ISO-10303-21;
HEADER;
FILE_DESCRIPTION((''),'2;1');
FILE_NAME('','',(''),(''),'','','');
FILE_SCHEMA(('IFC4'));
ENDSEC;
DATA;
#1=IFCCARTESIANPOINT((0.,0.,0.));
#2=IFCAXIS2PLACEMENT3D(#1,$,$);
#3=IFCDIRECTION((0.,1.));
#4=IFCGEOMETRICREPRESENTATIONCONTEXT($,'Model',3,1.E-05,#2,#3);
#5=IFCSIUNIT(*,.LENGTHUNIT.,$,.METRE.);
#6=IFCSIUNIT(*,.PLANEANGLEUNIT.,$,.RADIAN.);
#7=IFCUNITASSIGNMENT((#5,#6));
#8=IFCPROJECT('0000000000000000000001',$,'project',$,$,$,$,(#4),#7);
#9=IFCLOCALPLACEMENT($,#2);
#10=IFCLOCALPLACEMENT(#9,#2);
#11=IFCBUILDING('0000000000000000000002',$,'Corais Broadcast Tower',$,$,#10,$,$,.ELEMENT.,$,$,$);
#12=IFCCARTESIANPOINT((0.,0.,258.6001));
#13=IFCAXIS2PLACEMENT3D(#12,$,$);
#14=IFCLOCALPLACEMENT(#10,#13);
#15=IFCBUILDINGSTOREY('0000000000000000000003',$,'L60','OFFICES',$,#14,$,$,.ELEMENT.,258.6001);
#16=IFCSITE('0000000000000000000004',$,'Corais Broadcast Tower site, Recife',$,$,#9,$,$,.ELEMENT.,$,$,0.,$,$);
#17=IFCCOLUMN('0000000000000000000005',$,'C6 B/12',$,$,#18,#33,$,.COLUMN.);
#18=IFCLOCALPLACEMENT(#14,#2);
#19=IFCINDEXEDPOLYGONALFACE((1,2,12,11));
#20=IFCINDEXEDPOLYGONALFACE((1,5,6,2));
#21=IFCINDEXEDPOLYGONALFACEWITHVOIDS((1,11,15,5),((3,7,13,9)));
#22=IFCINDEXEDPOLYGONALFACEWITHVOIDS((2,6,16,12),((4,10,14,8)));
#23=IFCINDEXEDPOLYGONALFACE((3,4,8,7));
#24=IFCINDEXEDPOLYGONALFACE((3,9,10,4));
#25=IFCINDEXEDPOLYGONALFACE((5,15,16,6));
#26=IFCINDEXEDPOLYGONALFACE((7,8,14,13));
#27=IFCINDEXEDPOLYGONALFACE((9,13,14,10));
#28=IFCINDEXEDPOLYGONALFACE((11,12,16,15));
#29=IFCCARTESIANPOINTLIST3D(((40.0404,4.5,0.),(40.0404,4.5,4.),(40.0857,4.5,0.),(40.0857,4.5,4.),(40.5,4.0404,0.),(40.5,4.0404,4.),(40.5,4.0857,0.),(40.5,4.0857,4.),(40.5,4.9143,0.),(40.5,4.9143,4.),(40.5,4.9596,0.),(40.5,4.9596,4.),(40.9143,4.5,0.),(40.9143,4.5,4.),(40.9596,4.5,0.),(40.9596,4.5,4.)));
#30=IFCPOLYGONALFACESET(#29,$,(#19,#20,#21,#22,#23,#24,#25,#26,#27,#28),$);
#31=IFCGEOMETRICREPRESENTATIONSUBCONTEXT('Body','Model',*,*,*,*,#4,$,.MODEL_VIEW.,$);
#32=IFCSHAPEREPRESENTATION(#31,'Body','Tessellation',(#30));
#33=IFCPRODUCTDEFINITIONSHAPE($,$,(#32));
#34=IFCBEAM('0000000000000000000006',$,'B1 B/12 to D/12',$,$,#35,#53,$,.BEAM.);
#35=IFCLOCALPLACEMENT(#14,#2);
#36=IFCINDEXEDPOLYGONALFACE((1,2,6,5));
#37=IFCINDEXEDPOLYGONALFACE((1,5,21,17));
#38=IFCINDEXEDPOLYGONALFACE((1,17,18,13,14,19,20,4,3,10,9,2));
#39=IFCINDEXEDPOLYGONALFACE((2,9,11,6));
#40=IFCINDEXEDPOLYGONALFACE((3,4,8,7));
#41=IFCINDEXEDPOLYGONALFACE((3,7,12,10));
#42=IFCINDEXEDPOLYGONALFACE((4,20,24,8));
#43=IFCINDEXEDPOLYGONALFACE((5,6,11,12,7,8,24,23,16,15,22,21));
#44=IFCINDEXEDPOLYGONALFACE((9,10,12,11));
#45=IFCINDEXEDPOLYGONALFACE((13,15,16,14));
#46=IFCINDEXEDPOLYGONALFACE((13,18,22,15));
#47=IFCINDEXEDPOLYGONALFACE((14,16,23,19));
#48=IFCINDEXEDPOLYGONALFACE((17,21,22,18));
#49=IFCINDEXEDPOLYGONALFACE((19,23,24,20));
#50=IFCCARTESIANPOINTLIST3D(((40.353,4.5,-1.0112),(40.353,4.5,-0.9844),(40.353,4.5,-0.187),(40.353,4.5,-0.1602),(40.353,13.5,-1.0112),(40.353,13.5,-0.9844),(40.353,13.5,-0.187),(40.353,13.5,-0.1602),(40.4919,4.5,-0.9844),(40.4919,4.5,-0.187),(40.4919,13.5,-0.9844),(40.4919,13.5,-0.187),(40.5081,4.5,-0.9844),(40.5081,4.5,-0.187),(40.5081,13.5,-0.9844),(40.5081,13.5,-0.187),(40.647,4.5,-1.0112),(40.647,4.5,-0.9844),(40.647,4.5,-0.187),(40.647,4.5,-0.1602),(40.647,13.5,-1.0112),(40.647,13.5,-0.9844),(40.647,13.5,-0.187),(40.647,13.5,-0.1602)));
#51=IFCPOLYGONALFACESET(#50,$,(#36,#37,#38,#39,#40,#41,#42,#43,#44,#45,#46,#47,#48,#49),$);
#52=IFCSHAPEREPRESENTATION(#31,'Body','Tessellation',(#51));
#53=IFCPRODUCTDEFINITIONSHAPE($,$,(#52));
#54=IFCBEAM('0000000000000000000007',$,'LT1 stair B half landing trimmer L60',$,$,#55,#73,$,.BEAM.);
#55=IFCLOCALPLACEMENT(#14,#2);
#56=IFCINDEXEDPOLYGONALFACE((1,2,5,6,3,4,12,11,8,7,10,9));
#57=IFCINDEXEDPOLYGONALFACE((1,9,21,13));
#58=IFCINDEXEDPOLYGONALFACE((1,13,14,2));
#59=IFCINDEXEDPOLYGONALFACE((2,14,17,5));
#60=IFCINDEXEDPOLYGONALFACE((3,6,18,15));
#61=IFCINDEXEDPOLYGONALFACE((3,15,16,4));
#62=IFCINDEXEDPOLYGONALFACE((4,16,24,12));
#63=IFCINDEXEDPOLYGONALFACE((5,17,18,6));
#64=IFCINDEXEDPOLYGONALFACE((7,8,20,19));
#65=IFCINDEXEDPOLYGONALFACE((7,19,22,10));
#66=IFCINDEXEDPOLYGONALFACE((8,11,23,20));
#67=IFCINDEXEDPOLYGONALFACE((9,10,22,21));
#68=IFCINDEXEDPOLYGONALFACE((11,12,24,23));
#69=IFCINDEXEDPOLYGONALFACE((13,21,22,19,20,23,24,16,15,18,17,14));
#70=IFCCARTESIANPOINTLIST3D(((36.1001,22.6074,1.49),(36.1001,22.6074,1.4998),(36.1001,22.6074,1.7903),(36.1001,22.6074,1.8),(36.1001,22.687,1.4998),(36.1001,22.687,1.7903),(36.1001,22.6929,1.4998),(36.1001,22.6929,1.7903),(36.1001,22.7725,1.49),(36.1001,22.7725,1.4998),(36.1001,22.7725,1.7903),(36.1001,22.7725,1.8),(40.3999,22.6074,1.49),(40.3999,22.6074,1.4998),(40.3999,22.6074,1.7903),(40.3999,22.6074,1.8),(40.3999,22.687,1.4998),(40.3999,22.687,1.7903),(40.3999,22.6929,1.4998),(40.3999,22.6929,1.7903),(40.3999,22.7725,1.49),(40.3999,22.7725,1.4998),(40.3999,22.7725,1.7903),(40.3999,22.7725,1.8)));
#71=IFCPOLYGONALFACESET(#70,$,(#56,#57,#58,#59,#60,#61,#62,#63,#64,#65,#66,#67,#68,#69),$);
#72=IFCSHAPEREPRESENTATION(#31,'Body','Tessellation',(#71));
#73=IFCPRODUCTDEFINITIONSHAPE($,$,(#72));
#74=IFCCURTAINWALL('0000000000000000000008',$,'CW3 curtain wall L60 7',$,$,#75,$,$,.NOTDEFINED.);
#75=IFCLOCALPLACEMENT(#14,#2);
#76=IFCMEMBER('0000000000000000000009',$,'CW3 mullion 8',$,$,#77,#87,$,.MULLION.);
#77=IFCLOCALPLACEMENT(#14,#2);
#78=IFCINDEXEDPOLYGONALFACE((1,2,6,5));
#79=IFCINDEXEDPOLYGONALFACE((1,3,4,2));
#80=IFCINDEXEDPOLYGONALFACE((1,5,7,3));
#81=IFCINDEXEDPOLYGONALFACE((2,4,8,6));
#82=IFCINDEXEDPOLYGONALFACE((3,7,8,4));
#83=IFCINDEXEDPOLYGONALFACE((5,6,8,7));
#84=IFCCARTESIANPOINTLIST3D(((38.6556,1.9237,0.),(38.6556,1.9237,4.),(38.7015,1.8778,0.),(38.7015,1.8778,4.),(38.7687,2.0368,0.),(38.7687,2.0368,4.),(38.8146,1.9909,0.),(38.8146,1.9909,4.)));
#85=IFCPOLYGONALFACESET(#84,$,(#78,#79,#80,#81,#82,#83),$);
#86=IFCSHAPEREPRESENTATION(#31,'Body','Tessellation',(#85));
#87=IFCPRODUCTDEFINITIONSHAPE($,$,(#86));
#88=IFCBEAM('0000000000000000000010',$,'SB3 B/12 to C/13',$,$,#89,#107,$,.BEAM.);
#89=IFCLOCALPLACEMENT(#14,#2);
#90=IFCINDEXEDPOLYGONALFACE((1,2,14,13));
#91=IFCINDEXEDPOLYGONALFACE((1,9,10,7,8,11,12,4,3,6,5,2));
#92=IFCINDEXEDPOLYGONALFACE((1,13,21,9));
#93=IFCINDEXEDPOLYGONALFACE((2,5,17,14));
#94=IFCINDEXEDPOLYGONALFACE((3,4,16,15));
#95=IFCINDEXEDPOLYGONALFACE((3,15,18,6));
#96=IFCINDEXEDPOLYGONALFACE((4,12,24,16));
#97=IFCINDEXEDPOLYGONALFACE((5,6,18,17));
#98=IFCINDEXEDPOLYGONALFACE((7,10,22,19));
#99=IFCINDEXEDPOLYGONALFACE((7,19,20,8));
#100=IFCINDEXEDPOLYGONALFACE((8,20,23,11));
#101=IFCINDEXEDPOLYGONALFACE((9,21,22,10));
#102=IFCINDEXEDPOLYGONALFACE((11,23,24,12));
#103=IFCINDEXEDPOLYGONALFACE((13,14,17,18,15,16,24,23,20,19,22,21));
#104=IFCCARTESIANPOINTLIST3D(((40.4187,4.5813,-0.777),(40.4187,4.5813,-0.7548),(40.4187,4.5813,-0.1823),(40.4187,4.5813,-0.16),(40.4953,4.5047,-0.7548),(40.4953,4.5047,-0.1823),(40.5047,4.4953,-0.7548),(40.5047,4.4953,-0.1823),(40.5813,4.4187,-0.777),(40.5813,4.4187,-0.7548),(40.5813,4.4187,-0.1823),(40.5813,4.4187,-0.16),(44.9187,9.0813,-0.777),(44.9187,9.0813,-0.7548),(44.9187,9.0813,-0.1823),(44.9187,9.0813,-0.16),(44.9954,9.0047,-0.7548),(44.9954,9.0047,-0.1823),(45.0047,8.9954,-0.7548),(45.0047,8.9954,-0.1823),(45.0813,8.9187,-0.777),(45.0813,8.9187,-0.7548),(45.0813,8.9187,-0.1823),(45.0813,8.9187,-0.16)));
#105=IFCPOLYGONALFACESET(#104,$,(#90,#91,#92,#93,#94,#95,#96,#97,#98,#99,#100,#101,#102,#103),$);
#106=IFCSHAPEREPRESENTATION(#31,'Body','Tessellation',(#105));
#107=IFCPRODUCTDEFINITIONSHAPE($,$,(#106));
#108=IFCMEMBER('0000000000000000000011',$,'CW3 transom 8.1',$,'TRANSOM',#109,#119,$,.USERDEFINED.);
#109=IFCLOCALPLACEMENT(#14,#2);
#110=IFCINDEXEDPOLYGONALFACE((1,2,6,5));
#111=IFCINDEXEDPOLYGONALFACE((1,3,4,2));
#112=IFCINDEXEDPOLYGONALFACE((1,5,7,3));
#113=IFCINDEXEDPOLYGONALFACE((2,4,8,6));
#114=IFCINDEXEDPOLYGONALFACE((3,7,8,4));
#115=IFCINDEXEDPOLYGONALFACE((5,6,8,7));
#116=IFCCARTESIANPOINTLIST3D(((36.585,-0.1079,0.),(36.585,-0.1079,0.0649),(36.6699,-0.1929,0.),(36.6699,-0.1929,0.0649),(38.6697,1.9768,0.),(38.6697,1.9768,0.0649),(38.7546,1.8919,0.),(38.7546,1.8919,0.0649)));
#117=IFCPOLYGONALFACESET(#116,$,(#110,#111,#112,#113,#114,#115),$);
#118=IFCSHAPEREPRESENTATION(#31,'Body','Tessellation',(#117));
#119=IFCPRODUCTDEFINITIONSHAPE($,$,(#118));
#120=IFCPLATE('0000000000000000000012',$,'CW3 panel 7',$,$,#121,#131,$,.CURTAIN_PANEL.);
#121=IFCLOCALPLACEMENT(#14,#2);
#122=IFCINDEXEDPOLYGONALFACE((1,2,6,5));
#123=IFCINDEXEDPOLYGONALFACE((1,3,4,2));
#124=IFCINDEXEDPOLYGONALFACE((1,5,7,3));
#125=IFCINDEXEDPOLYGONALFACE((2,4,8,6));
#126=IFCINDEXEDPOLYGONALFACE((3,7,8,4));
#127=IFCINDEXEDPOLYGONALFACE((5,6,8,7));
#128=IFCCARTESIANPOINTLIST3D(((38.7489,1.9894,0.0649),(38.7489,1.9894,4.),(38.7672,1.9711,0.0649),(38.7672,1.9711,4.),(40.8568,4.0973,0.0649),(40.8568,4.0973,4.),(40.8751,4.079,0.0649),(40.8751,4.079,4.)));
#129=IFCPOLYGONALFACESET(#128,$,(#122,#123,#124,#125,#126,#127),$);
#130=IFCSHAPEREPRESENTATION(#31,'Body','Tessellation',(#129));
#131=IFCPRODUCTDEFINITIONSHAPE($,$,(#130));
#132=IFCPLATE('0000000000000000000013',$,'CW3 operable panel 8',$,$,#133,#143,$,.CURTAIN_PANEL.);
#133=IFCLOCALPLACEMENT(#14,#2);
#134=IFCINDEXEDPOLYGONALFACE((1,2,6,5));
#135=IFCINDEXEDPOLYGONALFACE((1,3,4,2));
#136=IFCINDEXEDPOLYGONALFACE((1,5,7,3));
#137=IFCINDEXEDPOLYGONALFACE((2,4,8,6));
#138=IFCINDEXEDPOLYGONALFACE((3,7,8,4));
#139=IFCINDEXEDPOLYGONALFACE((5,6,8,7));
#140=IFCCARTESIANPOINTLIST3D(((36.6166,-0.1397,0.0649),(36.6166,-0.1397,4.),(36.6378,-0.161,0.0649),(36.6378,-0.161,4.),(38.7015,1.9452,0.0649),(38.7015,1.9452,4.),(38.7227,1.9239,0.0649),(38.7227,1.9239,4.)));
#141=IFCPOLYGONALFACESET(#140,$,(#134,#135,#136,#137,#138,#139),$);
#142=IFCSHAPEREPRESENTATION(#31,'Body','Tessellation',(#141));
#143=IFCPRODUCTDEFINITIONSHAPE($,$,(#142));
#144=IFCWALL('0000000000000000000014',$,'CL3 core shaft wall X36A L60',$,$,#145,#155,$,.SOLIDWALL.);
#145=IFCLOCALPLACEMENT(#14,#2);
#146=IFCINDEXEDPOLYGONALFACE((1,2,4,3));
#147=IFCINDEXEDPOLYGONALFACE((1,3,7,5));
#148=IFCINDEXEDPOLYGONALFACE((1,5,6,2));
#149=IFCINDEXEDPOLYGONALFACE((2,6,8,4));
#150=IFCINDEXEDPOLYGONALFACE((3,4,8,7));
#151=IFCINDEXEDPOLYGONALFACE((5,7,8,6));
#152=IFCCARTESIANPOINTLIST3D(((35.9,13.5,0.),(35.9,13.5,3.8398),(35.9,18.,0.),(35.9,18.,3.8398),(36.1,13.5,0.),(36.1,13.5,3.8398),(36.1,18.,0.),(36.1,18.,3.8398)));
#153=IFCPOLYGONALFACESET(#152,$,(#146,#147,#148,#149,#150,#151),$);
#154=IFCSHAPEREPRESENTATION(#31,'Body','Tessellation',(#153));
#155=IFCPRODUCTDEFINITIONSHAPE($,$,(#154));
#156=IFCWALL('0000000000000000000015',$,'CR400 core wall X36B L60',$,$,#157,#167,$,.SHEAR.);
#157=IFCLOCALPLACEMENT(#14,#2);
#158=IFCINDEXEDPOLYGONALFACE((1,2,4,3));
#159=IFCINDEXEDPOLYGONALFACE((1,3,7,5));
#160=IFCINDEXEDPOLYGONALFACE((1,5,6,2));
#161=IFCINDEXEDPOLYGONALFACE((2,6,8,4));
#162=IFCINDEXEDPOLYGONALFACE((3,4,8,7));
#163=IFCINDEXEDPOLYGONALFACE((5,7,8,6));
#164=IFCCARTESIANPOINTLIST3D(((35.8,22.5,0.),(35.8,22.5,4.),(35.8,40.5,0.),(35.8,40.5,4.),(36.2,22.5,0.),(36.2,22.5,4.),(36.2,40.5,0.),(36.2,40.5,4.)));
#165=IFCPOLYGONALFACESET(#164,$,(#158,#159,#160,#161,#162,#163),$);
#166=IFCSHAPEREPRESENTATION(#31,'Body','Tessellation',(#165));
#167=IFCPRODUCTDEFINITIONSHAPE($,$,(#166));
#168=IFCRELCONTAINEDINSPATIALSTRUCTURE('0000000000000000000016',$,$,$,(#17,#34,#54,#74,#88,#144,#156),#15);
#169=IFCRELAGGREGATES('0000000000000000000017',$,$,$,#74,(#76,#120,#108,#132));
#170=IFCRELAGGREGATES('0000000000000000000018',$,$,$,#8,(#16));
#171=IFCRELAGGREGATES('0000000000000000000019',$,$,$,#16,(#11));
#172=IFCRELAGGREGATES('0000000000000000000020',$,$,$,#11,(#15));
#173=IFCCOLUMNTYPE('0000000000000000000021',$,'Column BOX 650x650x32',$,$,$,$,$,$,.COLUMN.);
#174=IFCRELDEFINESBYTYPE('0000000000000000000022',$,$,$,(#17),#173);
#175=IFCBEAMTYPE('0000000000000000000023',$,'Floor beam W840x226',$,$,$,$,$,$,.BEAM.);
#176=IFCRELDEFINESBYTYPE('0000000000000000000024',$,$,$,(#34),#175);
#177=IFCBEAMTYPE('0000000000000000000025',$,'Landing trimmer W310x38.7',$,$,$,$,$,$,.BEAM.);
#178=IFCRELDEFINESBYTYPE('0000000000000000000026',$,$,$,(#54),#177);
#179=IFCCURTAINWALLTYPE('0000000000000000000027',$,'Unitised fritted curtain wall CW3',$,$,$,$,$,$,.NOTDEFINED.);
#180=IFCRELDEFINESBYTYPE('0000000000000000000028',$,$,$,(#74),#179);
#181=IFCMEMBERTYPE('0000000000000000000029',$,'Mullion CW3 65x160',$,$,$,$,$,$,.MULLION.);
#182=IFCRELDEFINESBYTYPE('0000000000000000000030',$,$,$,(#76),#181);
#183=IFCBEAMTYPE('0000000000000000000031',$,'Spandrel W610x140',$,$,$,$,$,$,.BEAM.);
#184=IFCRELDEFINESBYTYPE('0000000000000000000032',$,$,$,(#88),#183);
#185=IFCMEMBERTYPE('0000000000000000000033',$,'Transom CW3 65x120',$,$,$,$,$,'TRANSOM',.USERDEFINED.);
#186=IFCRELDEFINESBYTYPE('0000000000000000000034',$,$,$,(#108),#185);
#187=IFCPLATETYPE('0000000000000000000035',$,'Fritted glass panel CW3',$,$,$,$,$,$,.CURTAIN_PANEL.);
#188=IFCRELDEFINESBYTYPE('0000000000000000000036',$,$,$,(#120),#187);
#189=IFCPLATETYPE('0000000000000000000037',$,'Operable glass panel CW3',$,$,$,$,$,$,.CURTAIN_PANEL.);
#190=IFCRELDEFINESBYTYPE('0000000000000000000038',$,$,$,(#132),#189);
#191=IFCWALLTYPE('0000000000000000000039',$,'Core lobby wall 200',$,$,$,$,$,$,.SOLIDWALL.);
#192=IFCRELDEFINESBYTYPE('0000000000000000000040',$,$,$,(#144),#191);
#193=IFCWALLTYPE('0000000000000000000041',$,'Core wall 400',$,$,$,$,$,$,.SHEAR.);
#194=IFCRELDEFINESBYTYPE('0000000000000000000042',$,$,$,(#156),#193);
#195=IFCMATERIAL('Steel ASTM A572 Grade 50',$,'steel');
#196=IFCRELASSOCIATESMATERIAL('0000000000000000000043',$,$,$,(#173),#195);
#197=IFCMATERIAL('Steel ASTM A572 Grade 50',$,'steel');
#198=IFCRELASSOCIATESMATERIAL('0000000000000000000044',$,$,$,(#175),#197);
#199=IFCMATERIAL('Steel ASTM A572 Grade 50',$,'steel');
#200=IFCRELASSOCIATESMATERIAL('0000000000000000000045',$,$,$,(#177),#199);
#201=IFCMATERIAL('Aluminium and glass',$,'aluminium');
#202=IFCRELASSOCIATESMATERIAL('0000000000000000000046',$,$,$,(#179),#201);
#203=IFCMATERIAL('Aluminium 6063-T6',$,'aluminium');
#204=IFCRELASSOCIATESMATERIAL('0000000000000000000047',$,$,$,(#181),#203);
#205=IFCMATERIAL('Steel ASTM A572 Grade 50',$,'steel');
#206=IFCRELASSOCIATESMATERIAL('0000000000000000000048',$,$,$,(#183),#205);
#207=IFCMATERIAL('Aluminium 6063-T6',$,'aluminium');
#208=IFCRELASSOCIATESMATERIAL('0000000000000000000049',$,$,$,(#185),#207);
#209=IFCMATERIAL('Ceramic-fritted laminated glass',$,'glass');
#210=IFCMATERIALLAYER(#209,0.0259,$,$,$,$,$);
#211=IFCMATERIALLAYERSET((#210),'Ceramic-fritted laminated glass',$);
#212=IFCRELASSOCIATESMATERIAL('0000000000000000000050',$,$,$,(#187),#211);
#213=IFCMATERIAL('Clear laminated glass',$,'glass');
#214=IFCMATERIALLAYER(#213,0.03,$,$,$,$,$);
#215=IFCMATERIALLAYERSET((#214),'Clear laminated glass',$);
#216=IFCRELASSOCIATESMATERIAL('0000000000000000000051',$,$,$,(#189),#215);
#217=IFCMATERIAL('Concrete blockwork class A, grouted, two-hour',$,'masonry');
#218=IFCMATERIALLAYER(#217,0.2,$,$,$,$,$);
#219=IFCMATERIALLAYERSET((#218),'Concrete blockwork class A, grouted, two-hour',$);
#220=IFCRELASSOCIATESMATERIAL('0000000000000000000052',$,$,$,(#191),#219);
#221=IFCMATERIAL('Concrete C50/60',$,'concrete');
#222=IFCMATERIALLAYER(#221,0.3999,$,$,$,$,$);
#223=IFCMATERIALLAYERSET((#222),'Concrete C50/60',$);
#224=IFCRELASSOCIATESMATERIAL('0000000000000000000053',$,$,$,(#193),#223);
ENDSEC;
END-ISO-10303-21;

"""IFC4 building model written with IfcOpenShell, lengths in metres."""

from ifc_helpers import new_model, si_unit, direction, frame, frame_2d, origin, origin_2d, place, context, subcontext, project, spatial, rectangle, hollow_rectangle, i_section, extrude, material, layer, layer_set, material_profile, profile_set, type_object, element, aggregate, save


model = new_model("IFC4")

# Units and contexts
model_context = context("Model", 3, precision=1e-05, world=origin(), true_north=direction((0.0, 1.0)))
body_context = subcontext(model_context, "Body", "Model", "MODEL_VIEW")
ifc_project = project(units=[si_unit("LENGTHUNIT", "METRE"), si_unit("PLANEANGLEUNIT", "RADIAN")], contexts=[model_context])

# Site, building, storey
site_placement = place(None, origin())
site = spatial("IfcSite", under=ifc_project, at=site_placement, Name="Corais Broadcast Tower site, Recife", CompositionType="ELEMENT", RefElevation=0.0)
building_placement = place(site_placement, origin())
building = spatial("IfcBuilding", under=site, at=building_placement, Name="Corais Broadcast Tower", CompositionType="ELEMENT")
storey_placement = place(building_placement, frame((0.0, 0.0, 258.6001)))
storey = spatial("IfcBuildingStorey", under=building, at=storey_placement, Name="L60", Description="OFFICES", CompositionType="ELEMENT", Elevation=258.6001)

# Column
ifc_material_1 = material(Name="Steel ASTM A572 Grade 50", Category="steel")
ifc_material_profile_1 = material_profile(ifc_material_1, hollow_rectangle(XDim=0.6499, YDim=0.6499, WallThickness=0.032, at=origin_2d()), Name="BOX 650x650x32")
ifc_profile_set_1 = profile_set([ifc_material_profile_1], Name="Steel ASTM A572 Grade 50")
column_type = type_object("IfcColumnType", Name="Column BOX 650x650x32", PredefinedType="COLUMN", material=ifc_profile_set_1)
column_placement = place(storey_placement, frame((40.5, 4.5, 0.0), z_axis=(0.0, 0.0, 1.0), x_axis=(0.707107, 0.707107, 0.0)))
element("IfcColumn", 1, at=column_placement, inside=storey, type_object=column_type, Name="C6 B/12", PredefinedType="COLUMN", context=body_context, shape_type="SweptSolid", body=[
    extrude(hollow_rectangle(XDim=0.6499, YDim=0.6499, WallThickness=0.032, at=origin_2d()), origin(), (0.0, 0.0, 1.0), 4.0),
])

# Beams
ifc_material_2 = material(Name="Steel ASTM A572 Grade 50", Category="steel")
ifc_material_profile_2 = material_profile(ifc_material_2, i_section(OverallWidth=0.2939, OverallDepth=0.8511, WebThickness=0.0161, FlangeThickness=0.0269, at=origin_2d()), Name="W840x226")
ifc_profile_set_2 = profile_set([ifc_material_profile_2], Name="Steel ASTM A572 Grade 50")
beam_type_1 = type_object("IfcBeamType", Name="Floor beam W840x226", PredefinedType="BEAM", material=ifc_profile_set_2)
beam_1_placement = place(storey_placement, frame((40.5, 4.5, -0.5857), z_axis=(0.0, 1.0, 0.0), x_axis=(-1.0, 0.0, 0.0)))
element("IfcBeam", 2, at=beam_1_placement, inside=storey, type_object=beam_type_1, Name="B1 B/12 to D/12", PredefinedType="BEAM", context=body_context, shape_type="SweptSolid", body=[
    extrude(i_section(OverallWidth=0.2939, OverallDepth=0.8511, WebThickness=0.0161, FlangeThickness=0.0269, at=origin_2d()), origin(), (0.0, 0.0, 1.0), 9.0),
])
ifc_material_3 = material(Name="Steel ASTM A572 Grade 50", Category="steel")
ifc_material_profile_3 = material_profile(ifc_material_3, i_section(OverallWidth=0.165, OverallDepth=0.3101, WebThickness=0.0059, FlangeThickness=0.0098, at=origin_2d()), Name="W310x38.7")
ifc_profile_set_3 = profile_set([ifc_material_profile_3], Name="Steel ASTM A572 Grade 50")
beam_type_2 = type_object("IfcBeamType", Name="Landing trimmer W310x38.7", PredefinedType="BEAM", material=ifc_profile_set_3)
beam_2_placement = place(storey_placement, frame((36.1001, 22.6899, 1.645), z_axis=(1.0, 0.0, 0.0), x_axis=(0.0, 1.0, 0.0)))
element("IfcBeam", 3, at=beam_2_placement, inside=storey, type_object=beam_type_2, Name="LT1 stair B half landing trimmer L60", PredefinedType="BEAM", context=body_context, shape_type="SweptSolid", body=[
    extrude(i_section(OverallWidth=0.165, OverallDepth=0.3101, WebThickness=0.0059, FlangeThickness=0.0098, at=origin_2d()), origin(), (0.0, 0.0, 1.0), 4.2998),
])

# Curtain wall, member
ifc_material_4 = material(Name="Aluminium and glass", Category="aluminium")
curtain_wall_type = type_object("IfcCurtainWallType", Name="Unitised fritted curtain wall CW3", PredefinedType="NOTDEFINED", material=ifc_material_4)
curtain_wall_placement = place(storey_placement, origin())
curtain_wall = element("IfcCurtainWall", 4, at=curtain_wall_placement, inside=storey, type_object=curtain_wall_type, Name="CW3 curtain wall L60 7", PredefinedType="NOTDEFINED")
ifc_material_5 = material(Name="Aluminium 6063-T6", Category="aluminium")
ifc_material_profile_4 = material_profile(ifc_material_5, rectangle(XDim=0.0649, YDim=0.1599, at=origin_2d()), Name="Mullion CW3 65x160")
ifc_profile_set_4 = profile_set([ifc_material_profile_4], Name="Aluminium 6063-T6")
member_type_1 = type_object("IfcMemberType", Name="Mullion CW3 65x160", PredefinedType="MULLION", material=ifc_profile_set_4)
member_1_placement = place(storey_placement, frame((38.7351, 1.9573, 0.0), z_axis=(0.0, 0.0, 1.0), x_axis=(0.707107, -0.707107, 0.0)))
member_1 = element("IfcMember", 5, at=member_1_placement, type_object=member_type_1, Name="CW3 mullion 8", PredefinedType="MULLION", context=body_context, shape_type="SweptSolid", body=[
    extrude(rectangle(XDim=0.0649, YDim=0.1599, at=origin_2d()), origin(), (0.0, 0.0, 1.0), 4.0),
])

# Beam
ifc_material_6 = material(Name="Steel ASTM A572 Grade 50", Category="steel")
ifc_material_profile_5 = material_profile(ifc_material_6, i_section(OverallWidth=0.23, OverallDepth=0.6169, WebThickness=0.0132, FlangeThickness=0.0222, at=origin_2d()), Name="W610x140")
ifc_profile_set_5 = profile_set([ifc_material_profile_5], Name="Steel ASTM A572 Grade 50")
beam_type_3 = type_object("IfcBeamType", Name="Spandrel W610x140", PredefinedType="BEAM", material=ifc_profile_set_5)
beam_3_placement = place(storey_placement, frame((40.5, 4.5, -0.4685), z_axis=(0.707107, 0.707107, 0.0), x_axis=(-0.707107, 0.707107, 0.0)))
element("IfcBeam", 6, at=beam_3_placement, inside=storey, type_object=beam_type_3, Name="SB3 B/12 to C/13", PredefinedType="BEAM", context=body_context, shape_type="SweptSolid", body=[
    extrude(i_section(OverallWidth=0.23, OverallDepth=0.6169, WebThickness=0.0132, FlangeThickness=0.0222, at=origin_2d()), origin(), (0.0, 0.0, 1.0), 6.364),
])

# Member
ifc_material_7 = material(Name="Aluminium 6063-T6", Category="aluminium")
ifc_material_profile_6 = material_profile(ifc_material_7, rectangle(XDim=0.1201, YDim=0.0649, at=origin_2d()), Name="Transom CW3 65x120")
ifc_profile_set_6 = profile_set([ifc_material_profile_6], Name="Aluminium 6063-T6")
member_type_2 = type_object("IfcMemberType", Name="Transom CW3 65x120", ElementType="TRANSOM", PredefinedType="USERDEFINED", material=ifc_profile_set_6)
member_2_placement = place(storey_placement, frame((38.7122, 1.9343, 0.0325), z_axis=(-0.707107, -0.707107, 0.0), x_axis=(0.707107, -0.707107, 0.0)))
member_2 = element("IfcMember", 7, at=member_2_placement, type_object=member_type_2, Name="CW3 transom 8.1", ObjectType="TRANSOM", PredefinedType="USERDEFINED", context=body_context, shape_type="SweptSolid", body=[
    extrude(rectangle(XDim=0.1201, YDim=0.0649, at=origin_2d()), origin(), (0.0, 0.0, 1.0), 2.9482),
])

# Plates
ifc_material_8 = material(Name="Ceramic-fritted laminated glass", Category="glass")
ifc_layer_1 = layer(ifc_material_8, 0.0259)
ifc_layer_set_1 = layer_set([ifc_layer_1], Name="Ceramic-fritted laminated glass")
plate_type_1 = type_object("IfcPlateType", Name="Fritted glass panel CW3", PredefinedType="CURTAIN_PANEL", material=ifc_layer_set_1)
plate_1_placement = place(storey_placement, frame((39.812, 3.0342, 0.0649), z_axis=(0.0, 0.0, 1.0), x_axis=(-0.707107, -0.707107, 0.0)))
plate_1 = element("IfcPlate", 8, at=plate_1_placement, type_object=plate_type_1, Name="CW3 panel 7", PredefinedType="CURTAIN_PANEL", context=body_context, shape_type="SweptSolid", body=[
    extrude(rectangle(XDim=2.981, YDim=0.0259, at=origin_2d()), origin(), (0.0, 0.0, 1.0), 3.9351),
])
ifc_material_9 = material(Name="Clear laminated glass", Category="glass")
ifc_layer_2 = layer(ifc_material_9, 0.03)
ifc_layer_set_2 = layer_set([ifc_layer_2], Name="Clear laminated glass")
plate_type_2 = type_object("IfcPlateType", Name="Operable glass panel CW3", PredefinedType="CURTAIN_PANEL", material=ifc_layer_set_2)
plate_2_placement = place(storey_placement, frame((37.6697, 0.8921, 0.0649), z_axis=(0.0, 0.0, 1.0), x_axis=(-0.707107, -0.707107, 0.0)))
plate_2 = element("IfcPlate", 9, at=plate_2_placement, type_object=plate_type_2, Name="CW3 operable panel 8", PredefinedType="CURTAIN_PANEL", context=body_context, shape_type="SweptSolid", body=[
    extrude(rectangle(XDim=2.9485, YDim=0.03, at=origin_2d()), origin(), (0.0, 0.0, 1.0), 3.9351),
])
aggregate(curtain_wall, [member_1, plate_1, member_2, plate_2])

# Walls
ifc_material_10 = material(Name="Concrete blockwork class A, grouted, two-hour", Category="masonry")
ifc_layer_3 = layer(ifc_material_10, 0.2)
ifc_layer_set_3 = layer_set([ifc_layer_3], Name="Concrete blockwork class A, grouted, two-hour")
wall_type_1 = type_object("IfcWallType", Name="Core lobby wall 200", PredefinedType="SOLIDWALL", material=ifc_layer_set_3)
wall_1_placement = place(storey_placement, frame((36.0, 13.5, 0.0), z_axis=(0.0, 0.0, 1.0), x_axis=(0.0, 1.0, 0.0)))
element("IfcWall", 10, at=wall_1_placement, inside=storey, type_object=wall_type_1, Name="CL3 core shaft wall X36A L60", PredefinedType="SOLIDWALL", context=body_context, shape_type="SweptSolid", body=[
    extrude(rectangle(XDim=4.5, YDim=0.2, at=frame_2d((2.25, 0.0))), origin(), (0.0, 0.0, 1.0), 3.8398),
])
ifc_material_11 = material(Name="Concrete C50/60", Category="concrete")
ifc_layer_4 = layer(ifc_material_11, 0.3999)
ifc_layer_set_4 = layer_set([ifc_layer_4], Name="Concrete C50/60")
wall_type_2 = type_object("IfcWallType", Name="Core wall 400", PredefinedType="SHEAR", material=ifc_layer_set_4)
wall_2_placement = place(storey_placement, frame((36.0, 22.5, 0.0), z_axis=(0.0, 0.0, 1.0), x_axis=(0.0, 1.0, 0.0)))
element("IfcWall", 11, at=wall_2_placement, inside=storey, type_object=wall_type_2, Name="CR400 core wall X36B L60", PredefinedType="SHEAR", context=body_context, shape_type="SweptSolid", body=[
    extrude(rectangle(XDim=18.0, YDim=0.3999, at=frame_2d((9.0, 0.0))), origin(), (0.0, 0.0, 1.0), 4.0),
])

save(model, "model.ifc")
